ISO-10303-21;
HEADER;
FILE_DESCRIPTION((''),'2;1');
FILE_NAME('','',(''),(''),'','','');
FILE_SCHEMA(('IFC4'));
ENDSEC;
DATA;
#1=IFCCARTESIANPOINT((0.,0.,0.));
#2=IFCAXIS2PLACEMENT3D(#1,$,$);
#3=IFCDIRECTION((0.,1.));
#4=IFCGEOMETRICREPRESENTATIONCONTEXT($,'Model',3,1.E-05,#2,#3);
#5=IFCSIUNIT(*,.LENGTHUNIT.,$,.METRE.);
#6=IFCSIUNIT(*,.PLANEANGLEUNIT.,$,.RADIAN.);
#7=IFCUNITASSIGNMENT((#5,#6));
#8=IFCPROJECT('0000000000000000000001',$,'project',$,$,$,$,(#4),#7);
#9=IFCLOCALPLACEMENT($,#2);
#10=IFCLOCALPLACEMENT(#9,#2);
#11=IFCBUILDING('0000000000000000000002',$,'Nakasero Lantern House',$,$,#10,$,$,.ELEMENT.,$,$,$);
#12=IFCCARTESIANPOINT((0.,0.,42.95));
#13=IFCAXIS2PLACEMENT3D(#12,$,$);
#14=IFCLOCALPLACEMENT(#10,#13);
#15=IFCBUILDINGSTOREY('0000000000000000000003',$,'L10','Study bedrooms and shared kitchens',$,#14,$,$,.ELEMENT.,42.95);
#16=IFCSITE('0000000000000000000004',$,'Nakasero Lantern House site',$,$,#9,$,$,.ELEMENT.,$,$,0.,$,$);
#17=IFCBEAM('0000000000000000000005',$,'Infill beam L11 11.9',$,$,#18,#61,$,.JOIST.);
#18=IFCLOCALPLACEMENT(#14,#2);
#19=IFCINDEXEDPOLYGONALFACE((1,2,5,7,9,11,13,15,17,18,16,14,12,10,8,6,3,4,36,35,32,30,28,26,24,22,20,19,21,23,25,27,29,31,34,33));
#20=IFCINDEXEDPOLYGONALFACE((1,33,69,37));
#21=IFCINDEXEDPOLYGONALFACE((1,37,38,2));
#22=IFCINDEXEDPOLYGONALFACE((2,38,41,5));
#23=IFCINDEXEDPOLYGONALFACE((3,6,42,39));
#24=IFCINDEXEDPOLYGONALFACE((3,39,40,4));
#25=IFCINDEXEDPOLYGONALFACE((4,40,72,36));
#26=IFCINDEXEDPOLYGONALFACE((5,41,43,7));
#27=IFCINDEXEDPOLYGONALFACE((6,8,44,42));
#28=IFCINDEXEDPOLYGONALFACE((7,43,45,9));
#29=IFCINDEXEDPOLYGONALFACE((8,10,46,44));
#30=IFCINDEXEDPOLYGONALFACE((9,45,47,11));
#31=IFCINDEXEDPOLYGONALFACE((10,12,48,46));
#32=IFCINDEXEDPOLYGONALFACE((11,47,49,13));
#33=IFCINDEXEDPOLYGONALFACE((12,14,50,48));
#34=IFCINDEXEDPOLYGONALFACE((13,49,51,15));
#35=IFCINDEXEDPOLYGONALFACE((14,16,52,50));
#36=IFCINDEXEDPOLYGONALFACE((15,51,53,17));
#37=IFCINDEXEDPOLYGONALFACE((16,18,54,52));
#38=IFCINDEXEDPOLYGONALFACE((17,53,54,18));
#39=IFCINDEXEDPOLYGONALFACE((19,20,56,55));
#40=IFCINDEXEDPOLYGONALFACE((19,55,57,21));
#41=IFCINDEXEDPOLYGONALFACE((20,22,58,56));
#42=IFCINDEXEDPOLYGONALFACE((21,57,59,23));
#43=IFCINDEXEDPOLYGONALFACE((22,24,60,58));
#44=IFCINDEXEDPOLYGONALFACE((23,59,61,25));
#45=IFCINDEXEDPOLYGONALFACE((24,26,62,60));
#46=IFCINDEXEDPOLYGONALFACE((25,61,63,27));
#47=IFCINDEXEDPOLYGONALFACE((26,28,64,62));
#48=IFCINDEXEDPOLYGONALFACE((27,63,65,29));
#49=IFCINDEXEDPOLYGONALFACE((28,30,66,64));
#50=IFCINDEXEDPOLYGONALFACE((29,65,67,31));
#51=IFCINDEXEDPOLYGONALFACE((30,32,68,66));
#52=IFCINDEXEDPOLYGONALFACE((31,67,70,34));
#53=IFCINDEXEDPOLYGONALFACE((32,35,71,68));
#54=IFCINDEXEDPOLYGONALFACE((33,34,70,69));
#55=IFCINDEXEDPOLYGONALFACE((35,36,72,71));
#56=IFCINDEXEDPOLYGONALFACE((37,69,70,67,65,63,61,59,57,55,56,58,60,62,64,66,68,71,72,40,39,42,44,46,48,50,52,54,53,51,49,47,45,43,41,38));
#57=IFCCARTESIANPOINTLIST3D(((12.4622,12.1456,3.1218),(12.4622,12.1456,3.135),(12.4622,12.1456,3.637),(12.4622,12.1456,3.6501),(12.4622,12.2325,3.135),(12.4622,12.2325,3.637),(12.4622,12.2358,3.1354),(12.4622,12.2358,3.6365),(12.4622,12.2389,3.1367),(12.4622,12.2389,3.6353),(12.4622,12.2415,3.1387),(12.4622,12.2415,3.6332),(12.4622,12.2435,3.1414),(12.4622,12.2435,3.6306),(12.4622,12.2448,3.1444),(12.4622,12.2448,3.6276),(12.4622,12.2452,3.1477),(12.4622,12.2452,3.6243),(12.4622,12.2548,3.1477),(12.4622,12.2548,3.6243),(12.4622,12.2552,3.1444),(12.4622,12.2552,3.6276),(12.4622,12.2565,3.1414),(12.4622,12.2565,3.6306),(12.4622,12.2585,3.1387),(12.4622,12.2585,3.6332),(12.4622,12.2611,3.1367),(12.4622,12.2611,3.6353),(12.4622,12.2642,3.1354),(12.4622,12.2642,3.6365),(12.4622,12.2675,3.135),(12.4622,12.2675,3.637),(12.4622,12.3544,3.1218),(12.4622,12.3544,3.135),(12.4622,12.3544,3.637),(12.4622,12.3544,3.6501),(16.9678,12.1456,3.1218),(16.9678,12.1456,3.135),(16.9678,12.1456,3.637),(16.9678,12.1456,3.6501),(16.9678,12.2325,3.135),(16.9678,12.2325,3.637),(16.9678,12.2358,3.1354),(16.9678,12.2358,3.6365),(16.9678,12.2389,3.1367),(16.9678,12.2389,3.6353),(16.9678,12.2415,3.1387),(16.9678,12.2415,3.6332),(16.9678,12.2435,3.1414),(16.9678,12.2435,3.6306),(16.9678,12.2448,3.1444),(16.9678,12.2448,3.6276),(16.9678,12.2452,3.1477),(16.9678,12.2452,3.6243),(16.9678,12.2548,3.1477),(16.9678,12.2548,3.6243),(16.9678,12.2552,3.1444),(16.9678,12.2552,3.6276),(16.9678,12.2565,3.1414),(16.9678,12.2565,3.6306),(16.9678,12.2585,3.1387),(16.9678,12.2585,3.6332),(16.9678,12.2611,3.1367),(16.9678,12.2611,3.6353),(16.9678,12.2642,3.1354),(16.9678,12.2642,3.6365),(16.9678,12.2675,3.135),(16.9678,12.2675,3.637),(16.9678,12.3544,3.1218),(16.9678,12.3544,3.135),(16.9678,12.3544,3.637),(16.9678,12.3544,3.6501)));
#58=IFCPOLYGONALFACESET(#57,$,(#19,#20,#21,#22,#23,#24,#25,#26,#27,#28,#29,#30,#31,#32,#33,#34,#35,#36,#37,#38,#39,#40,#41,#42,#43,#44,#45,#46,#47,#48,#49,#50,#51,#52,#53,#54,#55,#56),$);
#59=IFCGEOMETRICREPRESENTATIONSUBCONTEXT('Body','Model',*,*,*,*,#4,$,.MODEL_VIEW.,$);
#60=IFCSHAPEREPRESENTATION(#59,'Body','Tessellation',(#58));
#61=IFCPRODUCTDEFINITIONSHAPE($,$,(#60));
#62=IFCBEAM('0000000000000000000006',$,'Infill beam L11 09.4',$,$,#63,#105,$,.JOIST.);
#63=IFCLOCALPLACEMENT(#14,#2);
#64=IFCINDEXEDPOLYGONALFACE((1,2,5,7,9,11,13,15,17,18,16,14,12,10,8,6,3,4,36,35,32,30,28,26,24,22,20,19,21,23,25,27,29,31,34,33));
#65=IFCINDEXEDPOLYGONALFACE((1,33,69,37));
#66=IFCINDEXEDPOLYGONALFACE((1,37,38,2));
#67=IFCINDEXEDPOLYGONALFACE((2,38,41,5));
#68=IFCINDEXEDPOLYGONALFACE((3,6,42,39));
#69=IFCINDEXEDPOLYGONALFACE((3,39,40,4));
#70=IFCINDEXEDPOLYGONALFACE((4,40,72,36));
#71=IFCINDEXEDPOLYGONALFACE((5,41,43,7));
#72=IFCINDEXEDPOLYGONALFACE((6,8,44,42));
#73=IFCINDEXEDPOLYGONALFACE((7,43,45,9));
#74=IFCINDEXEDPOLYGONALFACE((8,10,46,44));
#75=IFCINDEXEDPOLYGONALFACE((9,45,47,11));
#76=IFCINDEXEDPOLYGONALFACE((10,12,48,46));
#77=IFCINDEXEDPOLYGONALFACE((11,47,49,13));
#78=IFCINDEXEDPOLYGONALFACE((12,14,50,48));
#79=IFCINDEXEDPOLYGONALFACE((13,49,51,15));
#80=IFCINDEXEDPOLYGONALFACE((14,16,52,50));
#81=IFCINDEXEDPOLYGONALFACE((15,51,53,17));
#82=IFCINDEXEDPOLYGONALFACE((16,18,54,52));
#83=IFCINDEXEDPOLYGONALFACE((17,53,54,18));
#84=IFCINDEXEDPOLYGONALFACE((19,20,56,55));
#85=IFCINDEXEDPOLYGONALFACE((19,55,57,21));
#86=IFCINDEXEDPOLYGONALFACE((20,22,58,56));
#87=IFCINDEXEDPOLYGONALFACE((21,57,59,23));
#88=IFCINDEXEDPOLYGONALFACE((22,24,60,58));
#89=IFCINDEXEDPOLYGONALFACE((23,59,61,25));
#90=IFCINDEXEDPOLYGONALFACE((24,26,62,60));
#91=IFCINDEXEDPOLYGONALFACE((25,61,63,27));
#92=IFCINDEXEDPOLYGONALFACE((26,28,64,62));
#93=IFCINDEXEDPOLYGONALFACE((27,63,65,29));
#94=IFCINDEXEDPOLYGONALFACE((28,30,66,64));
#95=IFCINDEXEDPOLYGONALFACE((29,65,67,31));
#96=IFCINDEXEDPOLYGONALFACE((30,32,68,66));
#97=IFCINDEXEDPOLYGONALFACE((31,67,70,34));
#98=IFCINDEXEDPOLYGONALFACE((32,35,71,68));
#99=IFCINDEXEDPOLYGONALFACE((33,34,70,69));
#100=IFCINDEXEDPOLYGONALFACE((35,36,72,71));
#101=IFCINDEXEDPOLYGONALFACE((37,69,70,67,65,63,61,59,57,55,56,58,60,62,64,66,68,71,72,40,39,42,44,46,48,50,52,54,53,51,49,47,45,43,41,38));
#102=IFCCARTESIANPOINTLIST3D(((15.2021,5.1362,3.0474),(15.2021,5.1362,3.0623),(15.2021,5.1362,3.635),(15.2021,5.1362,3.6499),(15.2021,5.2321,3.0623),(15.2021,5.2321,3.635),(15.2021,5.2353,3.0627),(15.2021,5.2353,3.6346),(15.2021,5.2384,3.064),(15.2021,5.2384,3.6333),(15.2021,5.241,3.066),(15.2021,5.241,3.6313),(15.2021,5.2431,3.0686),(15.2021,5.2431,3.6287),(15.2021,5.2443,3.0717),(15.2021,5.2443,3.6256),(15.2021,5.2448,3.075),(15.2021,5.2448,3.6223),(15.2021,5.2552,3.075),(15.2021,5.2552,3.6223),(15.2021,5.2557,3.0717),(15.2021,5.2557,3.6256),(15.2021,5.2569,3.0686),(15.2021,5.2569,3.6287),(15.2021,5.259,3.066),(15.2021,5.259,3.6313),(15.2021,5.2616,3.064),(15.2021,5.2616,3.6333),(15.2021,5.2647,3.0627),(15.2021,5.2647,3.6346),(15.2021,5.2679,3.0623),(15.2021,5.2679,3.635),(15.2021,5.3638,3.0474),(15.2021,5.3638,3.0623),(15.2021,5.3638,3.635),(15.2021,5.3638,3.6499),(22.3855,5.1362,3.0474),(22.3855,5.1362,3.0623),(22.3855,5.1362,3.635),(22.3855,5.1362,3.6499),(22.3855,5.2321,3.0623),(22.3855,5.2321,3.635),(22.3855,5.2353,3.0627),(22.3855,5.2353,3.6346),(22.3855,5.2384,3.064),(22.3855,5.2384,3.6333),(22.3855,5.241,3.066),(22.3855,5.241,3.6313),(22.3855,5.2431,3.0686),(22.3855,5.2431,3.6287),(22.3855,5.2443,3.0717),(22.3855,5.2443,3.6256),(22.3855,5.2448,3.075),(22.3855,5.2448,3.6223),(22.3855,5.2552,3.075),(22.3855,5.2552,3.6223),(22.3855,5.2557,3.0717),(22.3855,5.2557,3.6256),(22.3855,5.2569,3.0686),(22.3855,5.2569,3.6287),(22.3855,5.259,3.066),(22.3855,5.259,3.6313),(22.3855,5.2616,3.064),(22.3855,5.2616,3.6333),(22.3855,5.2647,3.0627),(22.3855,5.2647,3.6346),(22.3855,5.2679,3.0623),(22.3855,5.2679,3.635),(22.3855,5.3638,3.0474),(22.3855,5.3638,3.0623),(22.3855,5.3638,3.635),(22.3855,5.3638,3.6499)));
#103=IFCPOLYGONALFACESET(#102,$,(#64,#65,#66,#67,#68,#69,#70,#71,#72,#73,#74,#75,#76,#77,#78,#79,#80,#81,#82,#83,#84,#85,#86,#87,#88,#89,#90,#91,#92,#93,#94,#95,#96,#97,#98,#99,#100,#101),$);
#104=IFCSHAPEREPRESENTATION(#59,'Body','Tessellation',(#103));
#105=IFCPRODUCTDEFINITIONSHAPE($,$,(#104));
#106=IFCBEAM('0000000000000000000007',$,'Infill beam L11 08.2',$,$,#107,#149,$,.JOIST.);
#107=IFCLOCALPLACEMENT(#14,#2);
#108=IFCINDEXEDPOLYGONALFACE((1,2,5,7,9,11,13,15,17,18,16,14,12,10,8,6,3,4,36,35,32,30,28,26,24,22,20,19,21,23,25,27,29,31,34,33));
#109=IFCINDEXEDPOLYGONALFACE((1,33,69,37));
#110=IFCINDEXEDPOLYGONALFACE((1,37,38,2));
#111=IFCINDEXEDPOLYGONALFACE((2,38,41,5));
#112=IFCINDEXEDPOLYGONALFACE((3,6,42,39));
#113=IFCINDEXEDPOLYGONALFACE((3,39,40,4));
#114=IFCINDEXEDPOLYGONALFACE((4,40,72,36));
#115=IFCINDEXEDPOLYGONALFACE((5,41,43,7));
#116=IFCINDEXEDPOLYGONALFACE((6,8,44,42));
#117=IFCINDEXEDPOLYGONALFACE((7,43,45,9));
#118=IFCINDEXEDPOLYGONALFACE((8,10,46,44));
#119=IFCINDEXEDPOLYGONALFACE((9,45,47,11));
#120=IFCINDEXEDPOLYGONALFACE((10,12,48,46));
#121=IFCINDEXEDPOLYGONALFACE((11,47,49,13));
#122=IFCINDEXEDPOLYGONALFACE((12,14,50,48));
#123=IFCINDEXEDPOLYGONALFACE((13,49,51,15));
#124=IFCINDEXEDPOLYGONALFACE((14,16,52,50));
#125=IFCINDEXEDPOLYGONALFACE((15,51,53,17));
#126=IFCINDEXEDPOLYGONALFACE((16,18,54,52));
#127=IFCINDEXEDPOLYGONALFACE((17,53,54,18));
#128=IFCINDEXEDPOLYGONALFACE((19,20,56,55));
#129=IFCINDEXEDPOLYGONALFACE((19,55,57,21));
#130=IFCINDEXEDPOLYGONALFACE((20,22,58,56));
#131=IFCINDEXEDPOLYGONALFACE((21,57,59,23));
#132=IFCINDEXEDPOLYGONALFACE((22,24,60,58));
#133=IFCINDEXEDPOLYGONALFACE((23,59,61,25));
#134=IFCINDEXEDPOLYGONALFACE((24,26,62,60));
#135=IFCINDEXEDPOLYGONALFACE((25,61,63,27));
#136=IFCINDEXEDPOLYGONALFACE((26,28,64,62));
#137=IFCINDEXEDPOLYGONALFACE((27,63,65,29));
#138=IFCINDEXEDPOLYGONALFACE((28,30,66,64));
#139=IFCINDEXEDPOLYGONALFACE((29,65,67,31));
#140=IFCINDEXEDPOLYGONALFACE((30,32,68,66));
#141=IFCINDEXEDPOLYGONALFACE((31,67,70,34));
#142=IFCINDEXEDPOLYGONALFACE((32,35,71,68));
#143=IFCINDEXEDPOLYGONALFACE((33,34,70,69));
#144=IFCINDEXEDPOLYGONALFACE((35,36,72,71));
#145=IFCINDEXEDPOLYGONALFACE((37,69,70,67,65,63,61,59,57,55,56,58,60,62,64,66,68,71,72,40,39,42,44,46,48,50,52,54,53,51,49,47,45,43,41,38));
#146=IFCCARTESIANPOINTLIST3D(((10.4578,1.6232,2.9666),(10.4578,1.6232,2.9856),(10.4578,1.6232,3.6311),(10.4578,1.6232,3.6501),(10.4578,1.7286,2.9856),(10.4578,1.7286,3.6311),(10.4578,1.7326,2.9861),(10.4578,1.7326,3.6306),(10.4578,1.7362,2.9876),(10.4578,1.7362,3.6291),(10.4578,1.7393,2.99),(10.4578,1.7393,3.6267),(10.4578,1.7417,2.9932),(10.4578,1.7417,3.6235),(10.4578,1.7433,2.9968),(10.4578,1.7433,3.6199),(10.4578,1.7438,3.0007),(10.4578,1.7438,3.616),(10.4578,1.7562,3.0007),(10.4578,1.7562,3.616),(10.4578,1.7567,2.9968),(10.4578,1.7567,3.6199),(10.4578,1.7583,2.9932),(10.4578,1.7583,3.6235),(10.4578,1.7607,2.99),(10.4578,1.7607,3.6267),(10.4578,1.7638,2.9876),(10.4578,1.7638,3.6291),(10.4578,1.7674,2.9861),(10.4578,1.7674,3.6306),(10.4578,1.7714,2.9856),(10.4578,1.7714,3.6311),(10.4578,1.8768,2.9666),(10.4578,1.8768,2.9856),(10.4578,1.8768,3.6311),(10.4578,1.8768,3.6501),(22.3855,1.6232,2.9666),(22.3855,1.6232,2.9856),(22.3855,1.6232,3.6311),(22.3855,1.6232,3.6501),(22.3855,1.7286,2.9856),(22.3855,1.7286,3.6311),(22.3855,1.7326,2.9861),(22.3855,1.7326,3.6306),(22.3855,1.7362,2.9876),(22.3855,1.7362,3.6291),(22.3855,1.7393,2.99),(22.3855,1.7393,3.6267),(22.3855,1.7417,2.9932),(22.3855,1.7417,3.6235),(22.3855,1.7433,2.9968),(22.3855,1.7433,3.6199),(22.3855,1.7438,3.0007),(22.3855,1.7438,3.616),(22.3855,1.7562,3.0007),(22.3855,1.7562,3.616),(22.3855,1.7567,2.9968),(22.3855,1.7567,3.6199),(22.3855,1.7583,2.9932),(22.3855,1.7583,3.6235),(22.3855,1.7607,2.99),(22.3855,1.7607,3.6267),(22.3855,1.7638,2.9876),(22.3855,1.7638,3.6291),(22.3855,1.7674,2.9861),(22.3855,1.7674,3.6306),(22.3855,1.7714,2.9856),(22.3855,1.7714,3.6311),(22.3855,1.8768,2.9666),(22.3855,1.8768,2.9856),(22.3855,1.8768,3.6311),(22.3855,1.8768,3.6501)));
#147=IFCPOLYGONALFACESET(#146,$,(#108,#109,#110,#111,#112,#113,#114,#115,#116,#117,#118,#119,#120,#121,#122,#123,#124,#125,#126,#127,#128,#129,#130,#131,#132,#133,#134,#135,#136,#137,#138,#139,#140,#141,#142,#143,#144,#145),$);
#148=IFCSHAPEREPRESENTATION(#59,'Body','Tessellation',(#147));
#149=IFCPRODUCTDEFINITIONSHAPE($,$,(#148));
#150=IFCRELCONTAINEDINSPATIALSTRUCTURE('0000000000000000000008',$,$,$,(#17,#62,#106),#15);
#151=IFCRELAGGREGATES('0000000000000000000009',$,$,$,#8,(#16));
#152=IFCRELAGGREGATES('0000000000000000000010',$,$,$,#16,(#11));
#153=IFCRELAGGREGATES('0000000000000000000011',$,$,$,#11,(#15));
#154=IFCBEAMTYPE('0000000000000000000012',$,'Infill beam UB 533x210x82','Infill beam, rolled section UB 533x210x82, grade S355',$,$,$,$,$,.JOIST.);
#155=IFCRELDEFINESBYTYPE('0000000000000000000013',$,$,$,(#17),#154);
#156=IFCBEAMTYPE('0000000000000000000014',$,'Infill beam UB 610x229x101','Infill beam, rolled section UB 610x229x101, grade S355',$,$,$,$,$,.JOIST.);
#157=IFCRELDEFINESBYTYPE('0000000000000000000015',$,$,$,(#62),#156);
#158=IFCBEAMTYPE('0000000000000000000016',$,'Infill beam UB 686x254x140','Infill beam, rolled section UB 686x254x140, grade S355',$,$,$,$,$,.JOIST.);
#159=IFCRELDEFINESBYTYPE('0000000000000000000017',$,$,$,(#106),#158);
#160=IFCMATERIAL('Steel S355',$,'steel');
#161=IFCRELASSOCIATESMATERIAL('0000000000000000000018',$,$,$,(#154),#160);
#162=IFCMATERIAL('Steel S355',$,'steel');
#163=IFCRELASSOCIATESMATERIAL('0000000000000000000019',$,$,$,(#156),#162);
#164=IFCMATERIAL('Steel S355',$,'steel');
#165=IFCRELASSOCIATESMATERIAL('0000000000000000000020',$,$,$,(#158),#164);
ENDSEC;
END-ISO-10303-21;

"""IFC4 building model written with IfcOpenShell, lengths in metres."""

from ifc_helpers import new_model, si_unit, direction, frame, origin, origin_2d, place, context, subcontext, project, spatial, i_section, extrude, material, material_profile, profile_set, type_object, element, save


model = new_model("IFC4")

# Units and contexts
model_context = context("Model", 3, precision=1e-05, world=origin(), true_north=direction((0.0, 1.0)))
body_context = subcontext(model_context, "Body", "Model", "MODEL_VIEW")
ifc_project = project(units=[si_unit("LENGTHUNIT", "METRE"), si_unit("PLANEANGLEUNIT", "RADIAN")], contexts=[model_context])

# Site, building, storey
site_placement = place(None, origin())
site = spatial("IfcSite", under=ifc_project, at=site_placement, Name="Nakasero Lantern House site", CompositionType="ELEMENT", RefElevation=0.0)
building_placement = place(site_placement, origin())
building = spatial("IfcBuilding", under=site, at=building_placement, Name="Nakasero Lantern House", CompositionType="ELEMENT")
storey_placement = place(building_placement, frame((0.0, 0.0, 42.95)))
storey = spatial("IfcBuildingStorey", under=building, at=storey_placement, Name="L10", Description="Study bedrooms and shared kitchens", CompositionType="ELEMENT", Elevation=42.95)

# Beams
ifc_material_1 = material(Name="Steel S355", Category="steel")
ifc_material_profile_1 = material_profile(ifc_material_1, i_section(OverallWidth=0.2087, OverallDepth=0.5283, WebThickness=0.0095, FlangeThickness=0.0132, FilletRadius=0.0127, at=origin_2d()), Name="UB 533x210x82")
ifc_profile_set_1 = profile_set([ifc_material_profile_1], Name="Steel S355")
beam_type_1 = type_object("IfcBeamType", Name="Infill beam UB 533x210x82", Description="Infill beam, rolled section UB 533x210x82, grade S355", PredefinedType="JOIST", material=ifc_profile_set_1)
beam_1_placement = place(storey_placement, frame((12.4622, 12.25, 3.386), z_axis=(1.0, 0.0, 0.0), x_axis=(0.0, 1.0, 0.0)))
element("IfcBeam", 1, at=beam_1_placement, inside=storey, type_object=beam_type_1, Name="Infill beam L11 11.9", PredefinedType="JOIST", context=body_context, shape_type="SweptSolid", body=[
    extrude(i_section(OverallWidth=0.2087, OverallDepth=0.5283, WebThickness=0.0095, FlangeThickness=0.0132, FilletRadius=0.0127, at=origin_2d()), origin(), (0.0, 0.0, 1.0), 4.5056),
])
ifc_material_2 = material(Name="Steel S355", Category="steel")
ifc_material_profile_2 = material_profile(ifc_material_2, i_section(OverallWidth=0.2275, OverallDepth=0.6025, WebThickness=0.0105, FlangeThickness=0.0149, FilletRadius=0.0127, at=origin_2d()), Name="UB 610x229x101")
ifc_profile_set_2 = profile_set([ifc_material_profile_2], Name="Steel S355")
beam_type_2 = type_object("IfcBeamType", Name="Infill beam UB 610x229x101", Description="Infill beam, rolled section UB 610x229x101, grade S355", PredefinedType="JOIST", material=ifc_profile_set_2)
beam_2_placement = place(storey_placement, frame((15.2021, 5.25, 3.3486), z_axis=(1.0, 0.0, 0.0), x_axis=(0.0, 1.0, 0.0)))
element("IfcBeam", 2, at=beam_2_placement, inside=storey, type_object=beam_type_2, Name="Infill beam L11 09.4", PredefinedType="JOIST", context=body_context, shape_type="SweptSolid", body=[
    extrude(i_section(OverallWidth=0.2275, OverallDepth=0.6025, WebThickness=0.0105, FlangeThickness=0.0149, FilletRadius=0.0127, at=origin_2d()), origin(), (0.0, 0.0, 1.0), 7.1833),
])
ifc_material_3 = material(Name="Steel S355", Category="steel")
ifc_material_profile_3 = material_profile(ifc_material_3, i_section(OverallWidth=0.2537, OverallDepth=0.6836, WebThickness=0.0125, FlangeThickness=0.019, FilletRadius=0.0151, at=origin_2d()), Name="UB 686x254x140")
ifc_profile_set_3 = profile_set([ifc_material_profile_3], Name="Steel S355")
beam_type_3 = type_object("IfcBeamType", Name="Infill beam UB 686x254x140", Description="Infill beam, rolled section UB 686x254x140, grade S355", PredefinedType="JOIST", material=ifc_profile_set_3)
beam_3_placement = place(storey_placement, frame((10.4578, 1.75, 3.3083), z_axis=(1.0, 0.0, 0.0), x_axis=(0.0, 1.0, 0.0)))
element("IfcBeam", 3, at=beam_3_placement, inside=storey, type_object=beam_type_3, Name="Infill beam L11 08.2", PredefinedType="JOIST", context=body_context, shape_type="SweptSolid", body=[
    extrude(i_section(OverallWidth=0.2537, OverallDepth=0.6836, WebThickness=0.0125, FlangeThickness=0.019, FilletRadius=0.0151, at=origin_2d()), origin(), (0.0, 0.0, 1.0), 11.9277),
])

save(model, "model.ifc")
